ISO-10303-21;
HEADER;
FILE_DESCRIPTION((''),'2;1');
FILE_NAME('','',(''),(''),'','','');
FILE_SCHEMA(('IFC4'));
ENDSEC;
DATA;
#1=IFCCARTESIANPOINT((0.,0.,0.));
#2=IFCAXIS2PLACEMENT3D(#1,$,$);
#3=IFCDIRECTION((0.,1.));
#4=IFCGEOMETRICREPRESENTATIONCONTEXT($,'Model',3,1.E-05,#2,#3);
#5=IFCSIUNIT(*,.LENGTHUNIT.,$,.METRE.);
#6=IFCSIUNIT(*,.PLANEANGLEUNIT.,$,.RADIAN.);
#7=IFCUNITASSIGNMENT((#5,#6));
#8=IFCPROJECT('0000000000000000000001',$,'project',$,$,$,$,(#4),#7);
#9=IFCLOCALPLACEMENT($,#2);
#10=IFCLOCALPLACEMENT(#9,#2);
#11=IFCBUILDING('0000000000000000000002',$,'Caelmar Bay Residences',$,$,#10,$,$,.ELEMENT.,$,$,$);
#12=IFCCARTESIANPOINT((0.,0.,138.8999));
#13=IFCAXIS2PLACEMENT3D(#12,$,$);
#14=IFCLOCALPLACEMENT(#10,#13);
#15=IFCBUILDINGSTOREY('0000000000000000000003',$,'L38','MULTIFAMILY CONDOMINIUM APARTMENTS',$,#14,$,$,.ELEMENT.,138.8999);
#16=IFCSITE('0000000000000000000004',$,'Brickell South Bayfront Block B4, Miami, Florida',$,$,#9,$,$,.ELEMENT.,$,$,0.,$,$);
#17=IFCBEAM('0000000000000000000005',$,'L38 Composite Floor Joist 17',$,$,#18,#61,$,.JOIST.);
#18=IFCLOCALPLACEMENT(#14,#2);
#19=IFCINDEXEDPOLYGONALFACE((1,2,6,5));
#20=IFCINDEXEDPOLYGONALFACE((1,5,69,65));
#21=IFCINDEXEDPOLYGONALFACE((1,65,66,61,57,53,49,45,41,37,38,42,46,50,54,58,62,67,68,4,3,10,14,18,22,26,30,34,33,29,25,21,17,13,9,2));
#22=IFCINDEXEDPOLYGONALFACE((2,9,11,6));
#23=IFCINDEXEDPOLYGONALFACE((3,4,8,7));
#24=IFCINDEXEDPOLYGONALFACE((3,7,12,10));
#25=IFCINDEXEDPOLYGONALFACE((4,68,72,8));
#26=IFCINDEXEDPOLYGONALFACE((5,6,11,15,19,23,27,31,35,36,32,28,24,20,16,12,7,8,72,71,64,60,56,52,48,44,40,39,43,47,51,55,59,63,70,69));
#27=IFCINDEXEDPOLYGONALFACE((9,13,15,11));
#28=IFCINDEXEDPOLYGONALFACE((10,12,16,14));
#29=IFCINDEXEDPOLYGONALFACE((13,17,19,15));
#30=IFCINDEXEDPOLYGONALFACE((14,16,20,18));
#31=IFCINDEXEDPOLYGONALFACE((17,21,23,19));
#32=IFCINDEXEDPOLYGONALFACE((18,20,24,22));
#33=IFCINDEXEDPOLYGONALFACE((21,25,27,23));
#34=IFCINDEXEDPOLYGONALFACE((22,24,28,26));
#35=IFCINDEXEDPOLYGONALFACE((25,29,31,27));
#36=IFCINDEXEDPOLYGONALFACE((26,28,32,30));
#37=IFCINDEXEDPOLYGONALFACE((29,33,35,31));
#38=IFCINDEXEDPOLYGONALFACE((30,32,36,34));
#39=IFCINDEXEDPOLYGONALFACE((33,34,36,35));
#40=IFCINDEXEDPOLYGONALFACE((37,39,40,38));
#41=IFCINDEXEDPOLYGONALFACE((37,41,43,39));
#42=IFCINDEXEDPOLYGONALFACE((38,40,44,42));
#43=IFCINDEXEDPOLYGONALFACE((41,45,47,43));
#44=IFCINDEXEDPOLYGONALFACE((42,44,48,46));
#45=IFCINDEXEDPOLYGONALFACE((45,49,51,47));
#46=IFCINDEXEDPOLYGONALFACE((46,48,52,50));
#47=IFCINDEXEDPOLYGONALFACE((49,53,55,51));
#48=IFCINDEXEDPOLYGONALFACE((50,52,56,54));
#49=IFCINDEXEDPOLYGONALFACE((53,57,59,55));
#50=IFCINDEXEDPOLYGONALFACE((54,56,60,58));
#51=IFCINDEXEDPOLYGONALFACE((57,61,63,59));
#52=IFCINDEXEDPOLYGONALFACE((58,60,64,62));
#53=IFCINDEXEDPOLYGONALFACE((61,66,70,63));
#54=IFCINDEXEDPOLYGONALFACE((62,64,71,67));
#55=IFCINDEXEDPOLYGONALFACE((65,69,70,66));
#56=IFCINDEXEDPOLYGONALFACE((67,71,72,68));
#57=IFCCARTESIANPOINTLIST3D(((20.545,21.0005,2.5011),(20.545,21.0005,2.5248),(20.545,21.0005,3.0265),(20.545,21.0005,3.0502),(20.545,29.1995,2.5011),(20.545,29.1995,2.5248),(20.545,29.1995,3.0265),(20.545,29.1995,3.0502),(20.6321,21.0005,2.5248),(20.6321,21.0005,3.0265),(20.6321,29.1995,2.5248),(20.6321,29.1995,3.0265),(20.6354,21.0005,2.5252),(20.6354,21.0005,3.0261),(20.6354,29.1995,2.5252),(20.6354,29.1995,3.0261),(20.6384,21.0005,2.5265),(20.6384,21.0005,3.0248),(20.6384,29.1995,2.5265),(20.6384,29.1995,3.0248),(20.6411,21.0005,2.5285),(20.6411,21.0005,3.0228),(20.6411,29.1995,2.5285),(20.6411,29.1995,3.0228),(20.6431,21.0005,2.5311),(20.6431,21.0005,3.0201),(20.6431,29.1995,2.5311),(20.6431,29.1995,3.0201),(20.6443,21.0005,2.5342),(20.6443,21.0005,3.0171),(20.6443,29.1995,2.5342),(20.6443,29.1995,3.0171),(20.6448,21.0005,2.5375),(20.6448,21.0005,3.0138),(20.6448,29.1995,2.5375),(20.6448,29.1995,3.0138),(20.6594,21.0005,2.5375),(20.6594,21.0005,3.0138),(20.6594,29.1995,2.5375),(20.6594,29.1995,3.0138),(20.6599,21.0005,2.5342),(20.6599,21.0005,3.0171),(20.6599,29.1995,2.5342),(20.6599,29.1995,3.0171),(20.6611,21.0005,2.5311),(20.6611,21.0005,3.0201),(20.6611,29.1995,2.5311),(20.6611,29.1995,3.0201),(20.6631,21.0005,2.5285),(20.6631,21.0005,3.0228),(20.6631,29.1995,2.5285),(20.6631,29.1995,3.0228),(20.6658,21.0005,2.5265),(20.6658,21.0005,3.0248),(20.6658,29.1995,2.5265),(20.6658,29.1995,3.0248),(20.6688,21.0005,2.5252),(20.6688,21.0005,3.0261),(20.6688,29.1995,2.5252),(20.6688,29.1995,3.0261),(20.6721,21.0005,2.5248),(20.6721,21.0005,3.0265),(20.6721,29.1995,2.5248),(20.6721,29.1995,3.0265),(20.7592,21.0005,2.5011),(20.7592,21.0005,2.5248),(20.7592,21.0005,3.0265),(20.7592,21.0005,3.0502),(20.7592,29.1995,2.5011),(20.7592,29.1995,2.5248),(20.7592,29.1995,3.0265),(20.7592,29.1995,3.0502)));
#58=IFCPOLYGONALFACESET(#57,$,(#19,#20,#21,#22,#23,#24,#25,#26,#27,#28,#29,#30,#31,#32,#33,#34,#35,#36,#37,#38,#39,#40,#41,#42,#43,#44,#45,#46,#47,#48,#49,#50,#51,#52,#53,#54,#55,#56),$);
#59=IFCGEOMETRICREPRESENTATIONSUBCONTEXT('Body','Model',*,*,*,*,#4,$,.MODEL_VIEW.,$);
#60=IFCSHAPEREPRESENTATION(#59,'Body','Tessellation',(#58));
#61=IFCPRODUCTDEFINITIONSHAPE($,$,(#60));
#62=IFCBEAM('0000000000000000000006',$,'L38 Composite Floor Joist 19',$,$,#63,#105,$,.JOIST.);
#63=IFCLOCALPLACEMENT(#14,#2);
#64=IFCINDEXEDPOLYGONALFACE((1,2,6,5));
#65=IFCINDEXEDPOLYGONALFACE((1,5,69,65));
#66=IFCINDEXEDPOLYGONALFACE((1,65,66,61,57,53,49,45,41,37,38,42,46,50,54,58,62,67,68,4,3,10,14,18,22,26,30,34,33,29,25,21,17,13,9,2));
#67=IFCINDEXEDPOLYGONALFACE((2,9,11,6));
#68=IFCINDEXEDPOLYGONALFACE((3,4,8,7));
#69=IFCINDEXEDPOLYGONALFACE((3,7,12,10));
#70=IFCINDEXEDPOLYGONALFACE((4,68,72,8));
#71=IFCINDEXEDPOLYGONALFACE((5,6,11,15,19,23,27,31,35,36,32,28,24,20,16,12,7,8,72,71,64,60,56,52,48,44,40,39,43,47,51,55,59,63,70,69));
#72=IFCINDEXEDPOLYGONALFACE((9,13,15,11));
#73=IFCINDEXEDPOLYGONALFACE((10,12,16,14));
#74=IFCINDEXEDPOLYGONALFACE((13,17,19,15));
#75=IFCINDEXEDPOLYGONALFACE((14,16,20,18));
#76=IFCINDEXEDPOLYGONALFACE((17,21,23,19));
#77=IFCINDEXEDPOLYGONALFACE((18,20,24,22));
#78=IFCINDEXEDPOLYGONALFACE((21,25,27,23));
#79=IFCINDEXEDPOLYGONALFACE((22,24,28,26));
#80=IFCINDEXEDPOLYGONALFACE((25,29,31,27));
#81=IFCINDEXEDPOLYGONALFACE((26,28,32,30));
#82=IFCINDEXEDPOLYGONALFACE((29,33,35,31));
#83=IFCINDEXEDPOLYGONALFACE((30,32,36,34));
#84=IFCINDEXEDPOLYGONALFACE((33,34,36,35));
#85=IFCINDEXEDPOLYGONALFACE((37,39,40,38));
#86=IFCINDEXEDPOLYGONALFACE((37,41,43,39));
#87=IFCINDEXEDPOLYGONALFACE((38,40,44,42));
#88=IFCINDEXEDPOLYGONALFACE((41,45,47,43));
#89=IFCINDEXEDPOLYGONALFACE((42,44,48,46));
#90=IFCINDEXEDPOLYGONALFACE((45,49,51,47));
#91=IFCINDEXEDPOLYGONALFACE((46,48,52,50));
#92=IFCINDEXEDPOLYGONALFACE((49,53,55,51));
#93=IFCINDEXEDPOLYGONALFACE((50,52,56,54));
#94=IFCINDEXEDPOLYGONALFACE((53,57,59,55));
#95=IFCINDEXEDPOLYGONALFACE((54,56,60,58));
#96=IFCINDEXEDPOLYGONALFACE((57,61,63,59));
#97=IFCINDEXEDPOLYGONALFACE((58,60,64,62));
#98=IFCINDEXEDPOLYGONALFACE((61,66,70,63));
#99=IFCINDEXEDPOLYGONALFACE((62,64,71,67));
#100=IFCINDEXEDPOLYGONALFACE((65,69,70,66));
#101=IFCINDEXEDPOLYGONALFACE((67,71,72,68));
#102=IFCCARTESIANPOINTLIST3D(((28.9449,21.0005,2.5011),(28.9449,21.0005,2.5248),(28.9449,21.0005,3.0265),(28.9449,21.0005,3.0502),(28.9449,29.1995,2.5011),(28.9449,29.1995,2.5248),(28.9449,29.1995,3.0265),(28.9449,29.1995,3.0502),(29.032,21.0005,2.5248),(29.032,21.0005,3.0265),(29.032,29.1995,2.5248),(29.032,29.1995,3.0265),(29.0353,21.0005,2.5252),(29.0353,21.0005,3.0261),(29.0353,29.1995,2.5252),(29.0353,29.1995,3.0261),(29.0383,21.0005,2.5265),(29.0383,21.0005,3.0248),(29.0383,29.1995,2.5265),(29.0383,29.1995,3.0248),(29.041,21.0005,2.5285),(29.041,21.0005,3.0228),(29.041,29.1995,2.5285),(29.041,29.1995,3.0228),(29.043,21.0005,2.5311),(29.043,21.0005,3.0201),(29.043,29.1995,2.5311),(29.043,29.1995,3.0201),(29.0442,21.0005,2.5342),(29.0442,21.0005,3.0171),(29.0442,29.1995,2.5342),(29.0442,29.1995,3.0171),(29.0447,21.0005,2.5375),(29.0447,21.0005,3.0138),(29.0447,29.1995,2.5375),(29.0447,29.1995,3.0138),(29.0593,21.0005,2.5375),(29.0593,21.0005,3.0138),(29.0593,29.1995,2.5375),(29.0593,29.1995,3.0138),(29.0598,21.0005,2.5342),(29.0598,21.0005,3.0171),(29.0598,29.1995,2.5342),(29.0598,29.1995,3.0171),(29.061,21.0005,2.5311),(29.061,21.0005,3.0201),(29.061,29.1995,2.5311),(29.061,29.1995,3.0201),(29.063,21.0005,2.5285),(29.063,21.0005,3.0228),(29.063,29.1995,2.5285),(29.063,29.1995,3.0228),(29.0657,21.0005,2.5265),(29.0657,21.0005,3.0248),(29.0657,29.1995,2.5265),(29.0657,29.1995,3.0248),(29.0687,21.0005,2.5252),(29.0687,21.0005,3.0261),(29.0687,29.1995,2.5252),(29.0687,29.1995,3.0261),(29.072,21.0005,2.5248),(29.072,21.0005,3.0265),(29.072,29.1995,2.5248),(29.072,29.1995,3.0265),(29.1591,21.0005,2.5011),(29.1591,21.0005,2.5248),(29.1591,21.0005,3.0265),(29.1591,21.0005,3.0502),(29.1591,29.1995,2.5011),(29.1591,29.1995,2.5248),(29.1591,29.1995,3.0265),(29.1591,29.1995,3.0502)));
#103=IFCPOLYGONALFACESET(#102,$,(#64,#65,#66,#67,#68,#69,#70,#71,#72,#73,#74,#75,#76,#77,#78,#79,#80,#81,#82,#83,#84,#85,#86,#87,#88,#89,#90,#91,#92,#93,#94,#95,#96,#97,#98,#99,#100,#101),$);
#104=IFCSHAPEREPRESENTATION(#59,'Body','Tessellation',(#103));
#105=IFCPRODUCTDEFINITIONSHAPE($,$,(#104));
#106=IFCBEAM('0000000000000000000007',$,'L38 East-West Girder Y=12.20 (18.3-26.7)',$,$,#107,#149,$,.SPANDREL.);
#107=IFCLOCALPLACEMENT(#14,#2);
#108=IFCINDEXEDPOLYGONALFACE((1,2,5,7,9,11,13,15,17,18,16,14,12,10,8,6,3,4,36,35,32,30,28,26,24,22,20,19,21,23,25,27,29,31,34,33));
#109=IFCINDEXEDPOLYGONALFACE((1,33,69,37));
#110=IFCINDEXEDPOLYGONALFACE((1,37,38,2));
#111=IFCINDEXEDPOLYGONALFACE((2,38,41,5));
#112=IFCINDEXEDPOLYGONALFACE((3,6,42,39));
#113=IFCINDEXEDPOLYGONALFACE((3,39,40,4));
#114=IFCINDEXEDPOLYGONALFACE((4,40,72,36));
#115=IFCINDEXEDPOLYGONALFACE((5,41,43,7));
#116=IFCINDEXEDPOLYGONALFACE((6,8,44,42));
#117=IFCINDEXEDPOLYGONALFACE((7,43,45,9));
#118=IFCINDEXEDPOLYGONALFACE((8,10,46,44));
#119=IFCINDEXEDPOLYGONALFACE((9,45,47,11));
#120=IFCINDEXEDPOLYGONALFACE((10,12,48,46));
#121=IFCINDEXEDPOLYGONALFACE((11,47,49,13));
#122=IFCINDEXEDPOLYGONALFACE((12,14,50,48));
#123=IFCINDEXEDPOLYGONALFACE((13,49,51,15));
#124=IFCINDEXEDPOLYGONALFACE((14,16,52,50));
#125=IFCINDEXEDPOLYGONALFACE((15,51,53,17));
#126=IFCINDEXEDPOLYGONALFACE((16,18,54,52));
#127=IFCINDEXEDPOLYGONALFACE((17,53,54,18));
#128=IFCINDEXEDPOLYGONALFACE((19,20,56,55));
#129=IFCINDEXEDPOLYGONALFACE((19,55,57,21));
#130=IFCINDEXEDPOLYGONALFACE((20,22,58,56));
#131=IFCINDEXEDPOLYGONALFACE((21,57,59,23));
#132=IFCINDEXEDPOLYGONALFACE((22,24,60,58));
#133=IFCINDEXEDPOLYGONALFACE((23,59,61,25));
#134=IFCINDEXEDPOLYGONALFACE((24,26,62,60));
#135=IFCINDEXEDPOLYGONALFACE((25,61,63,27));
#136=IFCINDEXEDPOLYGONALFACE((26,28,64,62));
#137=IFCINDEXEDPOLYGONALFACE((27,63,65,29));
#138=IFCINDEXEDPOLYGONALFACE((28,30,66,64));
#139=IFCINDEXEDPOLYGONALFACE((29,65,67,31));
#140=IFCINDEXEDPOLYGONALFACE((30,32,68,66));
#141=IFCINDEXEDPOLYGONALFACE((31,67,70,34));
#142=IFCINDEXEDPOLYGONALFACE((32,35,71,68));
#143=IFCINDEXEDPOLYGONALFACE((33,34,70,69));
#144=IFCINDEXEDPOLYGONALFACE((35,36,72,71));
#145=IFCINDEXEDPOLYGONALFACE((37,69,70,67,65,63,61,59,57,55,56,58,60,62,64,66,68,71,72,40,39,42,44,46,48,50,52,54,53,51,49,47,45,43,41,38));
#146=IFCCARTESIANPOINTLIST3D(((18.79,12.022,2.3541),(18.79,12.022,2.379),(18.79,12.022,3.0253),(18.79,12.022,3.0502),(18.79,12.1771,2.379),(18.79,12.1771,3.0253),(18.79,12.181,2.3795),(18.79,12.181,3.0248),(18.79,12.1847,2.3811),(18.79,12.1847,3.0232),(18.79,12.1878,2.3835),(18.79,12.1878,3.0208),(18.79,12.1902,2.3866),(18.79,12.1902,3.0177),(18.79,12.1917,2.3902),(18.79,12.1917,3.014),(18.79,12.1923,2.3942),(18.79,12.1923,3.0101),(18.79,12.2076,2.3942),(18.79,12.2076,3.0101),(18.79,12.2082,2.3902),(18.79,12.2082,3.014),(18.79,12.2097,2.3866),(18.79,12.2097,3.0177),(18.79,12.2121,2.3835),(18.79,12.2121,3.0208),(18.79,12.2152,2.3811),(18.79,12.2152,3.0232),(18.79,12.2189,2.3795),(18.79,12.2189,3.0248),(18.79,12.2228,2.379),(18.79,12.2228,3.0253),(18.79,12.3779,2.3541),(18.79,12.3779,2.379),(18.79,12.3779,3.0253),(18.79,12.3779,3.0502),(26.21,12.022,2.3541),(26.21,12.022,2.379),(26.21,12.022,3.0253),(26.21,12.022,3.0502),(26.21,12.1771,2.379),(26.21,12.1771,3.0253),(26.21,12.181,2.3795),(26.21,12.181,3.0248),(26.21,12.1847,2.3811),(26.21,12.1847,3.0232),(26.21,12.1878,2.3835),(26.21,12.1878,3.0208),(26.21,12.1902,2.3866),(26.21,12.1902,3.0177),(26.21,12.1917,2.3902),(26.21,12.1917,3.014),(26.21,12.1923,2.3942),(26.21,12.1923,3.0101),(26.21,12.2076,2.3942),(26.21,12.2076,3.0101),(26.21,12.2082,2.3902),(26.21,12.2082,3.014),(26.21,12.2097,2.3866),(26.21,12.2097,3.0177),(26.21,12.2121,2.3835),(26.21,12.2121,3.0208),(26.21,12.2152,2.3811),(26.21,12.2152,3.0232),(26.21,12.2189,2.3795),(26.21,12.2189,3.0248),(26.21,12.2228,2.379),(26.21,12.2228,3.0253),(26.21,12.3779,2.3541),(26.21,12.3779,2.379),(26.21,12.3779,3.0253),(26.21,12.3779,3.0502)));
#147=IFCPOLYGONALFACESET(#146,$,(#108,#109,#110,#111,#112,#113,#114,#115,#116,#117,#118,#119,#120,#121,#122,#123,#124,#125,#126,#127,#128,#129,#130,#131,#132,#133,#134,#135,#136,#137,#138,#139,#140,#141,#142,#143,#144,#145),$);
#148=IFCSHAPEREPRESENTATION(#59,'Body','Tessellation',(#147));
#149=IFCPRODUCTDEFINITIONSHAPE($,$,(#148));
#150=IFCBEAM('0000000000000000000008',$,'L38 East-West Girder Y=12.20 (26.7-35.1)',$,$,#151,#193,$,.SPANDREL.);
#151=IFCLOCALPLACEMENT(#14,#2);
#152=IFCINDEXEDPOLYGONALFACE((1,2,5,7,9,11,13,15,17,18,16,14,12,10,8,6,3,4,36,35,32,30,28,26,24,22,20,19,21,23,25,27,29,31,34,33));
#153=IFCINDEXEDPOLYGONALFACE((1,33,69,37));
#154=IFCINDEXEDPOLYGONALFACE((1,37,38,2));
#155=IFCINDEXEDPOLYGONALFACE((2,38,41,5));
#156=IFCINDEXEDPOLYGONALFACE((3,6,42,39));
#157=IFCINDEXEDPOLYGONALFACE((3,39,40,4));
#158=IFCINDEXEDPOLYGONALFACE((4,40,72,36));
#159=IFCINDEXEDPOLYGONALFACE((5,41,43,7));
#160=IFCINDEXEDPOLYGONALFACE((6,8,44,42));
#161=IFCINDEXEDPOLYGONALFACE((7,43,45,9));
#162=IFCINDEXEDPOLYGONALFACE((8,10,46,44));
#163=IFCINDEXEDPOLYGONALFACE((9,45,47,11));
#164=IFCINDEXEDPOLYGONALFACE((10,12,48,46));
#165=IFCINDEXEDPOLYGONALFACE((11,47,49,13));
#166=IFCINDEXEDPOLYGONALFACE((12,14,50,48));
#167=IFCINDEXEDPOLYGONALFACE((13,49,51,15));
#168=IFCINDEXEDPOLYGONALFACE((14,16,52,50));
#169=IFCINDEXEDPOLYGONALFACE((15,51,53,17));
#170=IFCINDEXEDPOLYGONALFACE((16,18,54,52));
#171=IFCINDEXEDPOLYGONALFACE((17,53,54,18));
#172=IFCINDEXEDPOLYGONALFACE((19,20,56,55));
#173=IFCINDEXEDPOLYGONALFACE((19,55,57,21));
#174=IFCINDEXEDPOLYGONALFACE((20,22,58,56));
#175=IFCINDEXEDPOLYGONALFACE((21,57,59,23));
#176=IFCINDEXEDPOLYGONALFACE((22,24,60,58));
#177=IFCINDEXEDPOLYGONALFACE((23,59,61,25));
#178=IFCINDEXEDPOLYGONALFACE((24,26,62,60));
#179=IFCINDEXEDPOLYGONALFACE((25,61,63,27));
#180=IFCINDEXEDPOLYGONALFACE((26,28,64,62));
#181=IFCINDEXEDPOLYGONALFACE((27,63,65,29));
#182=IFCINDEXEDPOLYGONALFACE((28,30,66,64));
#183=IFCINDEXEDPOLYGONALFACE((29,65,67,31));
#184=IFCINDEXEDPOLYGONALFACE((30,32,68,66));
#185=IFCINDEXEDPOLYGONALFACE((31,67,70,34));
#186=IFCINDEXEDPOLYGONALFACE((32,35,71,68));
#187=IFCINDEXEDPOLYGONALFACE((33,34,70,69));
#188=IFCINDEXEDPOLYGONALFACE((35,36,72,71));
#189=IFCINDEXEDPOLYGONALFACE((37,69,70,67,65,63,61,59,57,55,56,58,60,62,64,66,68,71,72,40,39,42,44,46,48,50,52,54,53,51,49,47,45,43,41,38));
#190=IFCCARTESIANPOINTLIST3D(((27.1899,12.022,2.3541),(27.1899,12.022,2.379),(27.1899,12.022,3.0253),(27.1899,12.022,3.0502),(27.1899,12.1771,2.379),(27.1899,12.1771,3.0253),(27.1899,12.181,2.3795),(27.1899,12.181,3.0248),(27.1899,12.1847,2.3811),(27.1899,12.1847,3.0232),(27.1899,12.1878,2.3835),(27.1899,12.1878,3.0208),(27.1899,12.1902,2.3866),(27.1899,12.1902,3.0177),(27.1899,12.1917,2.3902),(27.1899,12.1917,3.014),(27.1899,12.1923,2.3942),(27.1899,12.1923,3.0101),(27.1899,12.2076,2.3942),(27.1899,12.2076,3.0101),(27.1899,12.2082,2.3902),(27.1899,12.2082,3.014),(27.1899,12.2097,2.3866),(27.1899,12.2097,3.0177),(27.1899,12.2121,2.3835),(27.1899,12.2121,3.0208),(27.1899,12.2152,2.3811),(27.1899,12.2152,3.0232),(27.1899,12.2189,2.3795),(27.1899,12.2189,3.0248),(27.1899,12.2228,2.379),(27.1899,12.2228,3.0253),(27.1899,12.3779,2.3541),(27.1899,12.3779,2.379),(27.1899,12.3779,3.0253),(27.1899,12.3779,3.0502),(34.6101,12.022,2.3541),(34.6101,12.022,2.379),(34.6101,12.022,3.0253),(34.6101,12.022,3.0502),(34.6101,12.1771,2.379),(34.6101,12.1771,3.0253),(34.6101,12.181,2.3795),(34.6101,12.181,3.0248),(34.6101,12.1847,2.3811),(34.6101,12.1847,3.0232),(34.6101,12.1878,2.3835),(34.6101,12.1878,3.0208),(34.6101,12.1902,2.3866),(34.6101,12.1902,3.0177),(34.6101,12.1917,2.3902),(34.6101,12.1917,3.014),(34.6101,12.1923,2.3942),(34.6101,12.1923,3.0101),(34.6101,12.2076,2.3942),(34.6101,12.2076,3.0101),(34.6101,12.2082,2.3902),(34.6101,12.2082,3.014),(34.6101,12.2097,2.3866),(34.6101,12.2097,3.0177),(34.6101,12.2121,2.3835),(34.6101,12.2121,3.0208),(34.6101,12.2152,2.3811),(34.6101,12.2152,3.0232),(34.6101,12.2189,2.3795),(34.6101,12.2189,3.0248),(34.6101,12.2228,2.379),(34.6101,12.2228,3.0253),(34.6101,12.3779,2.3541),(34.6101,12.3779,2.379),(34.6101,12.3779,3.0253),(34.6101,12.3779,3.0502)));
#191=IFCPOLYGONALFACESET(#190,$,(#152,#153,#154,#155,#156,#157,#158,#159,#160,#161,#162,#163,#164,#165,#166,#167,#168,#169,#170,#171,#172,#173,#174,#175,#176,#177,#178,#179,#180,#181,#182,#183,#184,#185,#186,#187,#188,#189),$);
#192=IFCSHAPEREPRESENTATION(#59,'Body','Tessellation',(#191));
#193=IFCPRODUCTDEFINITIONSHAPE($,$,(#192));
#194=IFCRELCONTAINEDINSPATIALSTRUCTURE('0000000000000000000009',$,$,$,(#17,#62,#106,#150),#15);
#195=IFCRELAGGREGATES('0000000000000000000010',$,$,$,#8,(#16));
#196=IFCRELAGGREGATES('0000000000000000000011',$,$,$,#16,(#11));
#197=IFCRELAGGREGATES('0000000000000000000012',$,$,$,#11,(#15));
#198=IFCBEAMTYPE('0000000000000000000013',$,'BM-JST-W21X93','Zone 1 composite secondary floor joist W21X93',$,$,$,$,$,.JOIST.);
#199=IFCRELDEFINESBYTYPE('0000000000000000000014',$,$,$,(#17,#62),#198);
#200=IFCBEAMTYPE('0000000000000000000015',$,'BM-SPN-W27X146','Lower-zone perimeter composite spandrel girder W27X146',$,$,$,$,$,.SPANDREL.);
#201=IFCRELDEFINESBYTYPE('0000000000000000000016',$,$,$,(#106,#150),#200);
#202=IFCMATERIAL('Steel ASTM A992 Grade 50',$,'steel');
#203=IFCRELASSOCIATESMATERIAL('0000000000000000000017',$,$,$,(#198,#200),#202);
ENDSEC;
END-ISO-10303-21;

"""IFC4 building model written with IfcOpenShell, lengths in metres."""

from ifc_helpers import new_model, si_unit, direction, frame, origin, origin_2d, place, context, subcontext, project, spatial, i_section, extrude, material, material_profile, profile_set, type_object, element, save


model = new_model("IFC4")

# Units and contexts
model_context = context("Model", 3, precision=1e-05, world=origin(), true_north=direction((0.0, 1.0)))
body_context = subcontext(model_context, "Body", "Model", "MODEL_VIEW")
ifc_project = project(units=[si_unit("LENGTHUNIT", "METRE"), si_unit("PLANEANGLEUNIT", "RADIAN")], contexts=[model_context])

# Site, building, storey
site_placement = place(None, origin())
site = spatial("IfcSite", under=ifc_project, at=site_placement, Name="Brickell South Bayfront Block B4, Miami, Florida", CompositionType="ELEMENT", RefElevation=0.0)
building_placement = place(site_placement, origin())
building = spatial("IfcBuilding", under=site, at=building_placement, Name="Caelmar Bay Residences", CompositionType="ELEMENT")
storey_placement = place(building_placement, frame((0.0, 0.0, 138.8999)))
storey = spatial("IfcBuildingStorey", under=building, at=storey_placement, Name="L38", Description="MULTIFAMILY CONDOMINIUM APARTMENTS", CompositionType="ELEMENT", Elevation=138.8999)

# Beams
ifc_material_1 = material(Name="Steel ASTM A992 Grade 50", Category="steel")
ifc_material_profile_1 = material_profile(ifc_material_1, i_section(OverallWidth=0.2141, OverallDepth=0.5491, WebThickness=0.0146, FlangeThickness=0.0237, FilletRadius=0.0127, at=origin_2d()), Name="W21X93")
ifc_profile_set_1 = profile_set([ifc_material_profile_1], Name="Steel ASTM A992 Grade 50")
beam_type_1 = type_object("IfcBeamType", Name="BM-JST-W21X93", Description="Zone 1 composite secondary floor joist W21X93", PredefinedType="JOIST", material=ifc_profile_set_1)
for number, where, z_axis, x_axis, name in (
    (1, (20.6521, 21.0005, 2.7756), (0.0, 1.0, 0.0), (-1.0, 0.0, 0.0), "L38 Composite Floor Joist 17"),
    (2, (29.052, 21.0005, 2.7756), (0.0, 1.0, 0.0), (-1.0, 0.0, 0.0), "L38 Composite Floor Joist 19"),
):
    element("IfcBeam", number, at=place(storey_placement, frame(where, z_axis=z_axis, x_axis=x_axis)), inside=storey, type_object=beam_type_1, Name=name, PredefinedType="JOIST", context=body_context, shape_type="SweptSolid", body=[
        extrude(i_section(OverallWidth=0.2141, OverallDepth=0.5491, WebThickness=0.0146, FlangeThickness=0.0237, FilletRadius=0.0127, at=origin_2d()), origin(), (0.0, 0.0, 1.0), 8.199),
    ])
ifc_material_profile_2 = material_profile(ifc_material_1, i_section(OverallWidth=0.356, OverallDepth=0.696, WebThickness=0.0154, FlangeThickness=0.0249, FilletRadius=0.0151, at=origin_2d()), Name="W27X146")
ifc_profile_set_2 = profile_set([ifc_material_profile_2], Name="Steel ASTM A992 Grade 50")
beam_type_2 = type_object("IfcBeamType", Name="BM-SPN-W27X146", Description="Lower-zone perimeter composite spandrel girder W27X146", PredefinedType="SPANDREL", material=ifc_profile_set_2)
beam_1_placement = place(storey_placement, frame((18.79, 12.2, 2.7021), z_axis=(1.0, 0.0, 0.0), x_axis=(0.0, 1.0, 0.0)))
element("IfcBeam", 3, at=beam_1_placement, inside=storey, type_object=beam_type_2, Name="L38 East-West Girder Y=12.20 (18.3-26.7)", PredefinedType="SPANDREL", context=body_context, shape_type="SweptSolid", body=[
    extrude(i_section(OverallWidth=0.356, OverallDepth=0.696, WebThickness=0.0154, FlangeThickness=0.0249, FilletRadius=0.0151, at=origin_2d()), origin(), (0.0, 0.0, 1.0), 7.4199),
])
beam_2_placement = place(storey_placement, frame((27.1899, 12.2, 2.7021), z_axis=(1.0, 0.0, 0.0), x_axis=(0.0, 1.0, 0.0)))
element("IfcBeam", 4, at=beam_2_placement, inside=storey, type_object=beam_type_2, Name="L38 East-West Girder Y=12.20 (26.7-35.1)", PredefinedType="SPANDREL", context=body_context, shape_type="SweptSolid", body=[
    extrude(i_section(OverallWidth=0.356, OverallDepth=0.696, WebThickness=0.0154, FlangeThickness=0.0249, FilletRadius=0.0151, at=origin_2d()), origin(), (0.0, 0.0, 1.0), 7.4202),
])

save(model, "model.ifc")
